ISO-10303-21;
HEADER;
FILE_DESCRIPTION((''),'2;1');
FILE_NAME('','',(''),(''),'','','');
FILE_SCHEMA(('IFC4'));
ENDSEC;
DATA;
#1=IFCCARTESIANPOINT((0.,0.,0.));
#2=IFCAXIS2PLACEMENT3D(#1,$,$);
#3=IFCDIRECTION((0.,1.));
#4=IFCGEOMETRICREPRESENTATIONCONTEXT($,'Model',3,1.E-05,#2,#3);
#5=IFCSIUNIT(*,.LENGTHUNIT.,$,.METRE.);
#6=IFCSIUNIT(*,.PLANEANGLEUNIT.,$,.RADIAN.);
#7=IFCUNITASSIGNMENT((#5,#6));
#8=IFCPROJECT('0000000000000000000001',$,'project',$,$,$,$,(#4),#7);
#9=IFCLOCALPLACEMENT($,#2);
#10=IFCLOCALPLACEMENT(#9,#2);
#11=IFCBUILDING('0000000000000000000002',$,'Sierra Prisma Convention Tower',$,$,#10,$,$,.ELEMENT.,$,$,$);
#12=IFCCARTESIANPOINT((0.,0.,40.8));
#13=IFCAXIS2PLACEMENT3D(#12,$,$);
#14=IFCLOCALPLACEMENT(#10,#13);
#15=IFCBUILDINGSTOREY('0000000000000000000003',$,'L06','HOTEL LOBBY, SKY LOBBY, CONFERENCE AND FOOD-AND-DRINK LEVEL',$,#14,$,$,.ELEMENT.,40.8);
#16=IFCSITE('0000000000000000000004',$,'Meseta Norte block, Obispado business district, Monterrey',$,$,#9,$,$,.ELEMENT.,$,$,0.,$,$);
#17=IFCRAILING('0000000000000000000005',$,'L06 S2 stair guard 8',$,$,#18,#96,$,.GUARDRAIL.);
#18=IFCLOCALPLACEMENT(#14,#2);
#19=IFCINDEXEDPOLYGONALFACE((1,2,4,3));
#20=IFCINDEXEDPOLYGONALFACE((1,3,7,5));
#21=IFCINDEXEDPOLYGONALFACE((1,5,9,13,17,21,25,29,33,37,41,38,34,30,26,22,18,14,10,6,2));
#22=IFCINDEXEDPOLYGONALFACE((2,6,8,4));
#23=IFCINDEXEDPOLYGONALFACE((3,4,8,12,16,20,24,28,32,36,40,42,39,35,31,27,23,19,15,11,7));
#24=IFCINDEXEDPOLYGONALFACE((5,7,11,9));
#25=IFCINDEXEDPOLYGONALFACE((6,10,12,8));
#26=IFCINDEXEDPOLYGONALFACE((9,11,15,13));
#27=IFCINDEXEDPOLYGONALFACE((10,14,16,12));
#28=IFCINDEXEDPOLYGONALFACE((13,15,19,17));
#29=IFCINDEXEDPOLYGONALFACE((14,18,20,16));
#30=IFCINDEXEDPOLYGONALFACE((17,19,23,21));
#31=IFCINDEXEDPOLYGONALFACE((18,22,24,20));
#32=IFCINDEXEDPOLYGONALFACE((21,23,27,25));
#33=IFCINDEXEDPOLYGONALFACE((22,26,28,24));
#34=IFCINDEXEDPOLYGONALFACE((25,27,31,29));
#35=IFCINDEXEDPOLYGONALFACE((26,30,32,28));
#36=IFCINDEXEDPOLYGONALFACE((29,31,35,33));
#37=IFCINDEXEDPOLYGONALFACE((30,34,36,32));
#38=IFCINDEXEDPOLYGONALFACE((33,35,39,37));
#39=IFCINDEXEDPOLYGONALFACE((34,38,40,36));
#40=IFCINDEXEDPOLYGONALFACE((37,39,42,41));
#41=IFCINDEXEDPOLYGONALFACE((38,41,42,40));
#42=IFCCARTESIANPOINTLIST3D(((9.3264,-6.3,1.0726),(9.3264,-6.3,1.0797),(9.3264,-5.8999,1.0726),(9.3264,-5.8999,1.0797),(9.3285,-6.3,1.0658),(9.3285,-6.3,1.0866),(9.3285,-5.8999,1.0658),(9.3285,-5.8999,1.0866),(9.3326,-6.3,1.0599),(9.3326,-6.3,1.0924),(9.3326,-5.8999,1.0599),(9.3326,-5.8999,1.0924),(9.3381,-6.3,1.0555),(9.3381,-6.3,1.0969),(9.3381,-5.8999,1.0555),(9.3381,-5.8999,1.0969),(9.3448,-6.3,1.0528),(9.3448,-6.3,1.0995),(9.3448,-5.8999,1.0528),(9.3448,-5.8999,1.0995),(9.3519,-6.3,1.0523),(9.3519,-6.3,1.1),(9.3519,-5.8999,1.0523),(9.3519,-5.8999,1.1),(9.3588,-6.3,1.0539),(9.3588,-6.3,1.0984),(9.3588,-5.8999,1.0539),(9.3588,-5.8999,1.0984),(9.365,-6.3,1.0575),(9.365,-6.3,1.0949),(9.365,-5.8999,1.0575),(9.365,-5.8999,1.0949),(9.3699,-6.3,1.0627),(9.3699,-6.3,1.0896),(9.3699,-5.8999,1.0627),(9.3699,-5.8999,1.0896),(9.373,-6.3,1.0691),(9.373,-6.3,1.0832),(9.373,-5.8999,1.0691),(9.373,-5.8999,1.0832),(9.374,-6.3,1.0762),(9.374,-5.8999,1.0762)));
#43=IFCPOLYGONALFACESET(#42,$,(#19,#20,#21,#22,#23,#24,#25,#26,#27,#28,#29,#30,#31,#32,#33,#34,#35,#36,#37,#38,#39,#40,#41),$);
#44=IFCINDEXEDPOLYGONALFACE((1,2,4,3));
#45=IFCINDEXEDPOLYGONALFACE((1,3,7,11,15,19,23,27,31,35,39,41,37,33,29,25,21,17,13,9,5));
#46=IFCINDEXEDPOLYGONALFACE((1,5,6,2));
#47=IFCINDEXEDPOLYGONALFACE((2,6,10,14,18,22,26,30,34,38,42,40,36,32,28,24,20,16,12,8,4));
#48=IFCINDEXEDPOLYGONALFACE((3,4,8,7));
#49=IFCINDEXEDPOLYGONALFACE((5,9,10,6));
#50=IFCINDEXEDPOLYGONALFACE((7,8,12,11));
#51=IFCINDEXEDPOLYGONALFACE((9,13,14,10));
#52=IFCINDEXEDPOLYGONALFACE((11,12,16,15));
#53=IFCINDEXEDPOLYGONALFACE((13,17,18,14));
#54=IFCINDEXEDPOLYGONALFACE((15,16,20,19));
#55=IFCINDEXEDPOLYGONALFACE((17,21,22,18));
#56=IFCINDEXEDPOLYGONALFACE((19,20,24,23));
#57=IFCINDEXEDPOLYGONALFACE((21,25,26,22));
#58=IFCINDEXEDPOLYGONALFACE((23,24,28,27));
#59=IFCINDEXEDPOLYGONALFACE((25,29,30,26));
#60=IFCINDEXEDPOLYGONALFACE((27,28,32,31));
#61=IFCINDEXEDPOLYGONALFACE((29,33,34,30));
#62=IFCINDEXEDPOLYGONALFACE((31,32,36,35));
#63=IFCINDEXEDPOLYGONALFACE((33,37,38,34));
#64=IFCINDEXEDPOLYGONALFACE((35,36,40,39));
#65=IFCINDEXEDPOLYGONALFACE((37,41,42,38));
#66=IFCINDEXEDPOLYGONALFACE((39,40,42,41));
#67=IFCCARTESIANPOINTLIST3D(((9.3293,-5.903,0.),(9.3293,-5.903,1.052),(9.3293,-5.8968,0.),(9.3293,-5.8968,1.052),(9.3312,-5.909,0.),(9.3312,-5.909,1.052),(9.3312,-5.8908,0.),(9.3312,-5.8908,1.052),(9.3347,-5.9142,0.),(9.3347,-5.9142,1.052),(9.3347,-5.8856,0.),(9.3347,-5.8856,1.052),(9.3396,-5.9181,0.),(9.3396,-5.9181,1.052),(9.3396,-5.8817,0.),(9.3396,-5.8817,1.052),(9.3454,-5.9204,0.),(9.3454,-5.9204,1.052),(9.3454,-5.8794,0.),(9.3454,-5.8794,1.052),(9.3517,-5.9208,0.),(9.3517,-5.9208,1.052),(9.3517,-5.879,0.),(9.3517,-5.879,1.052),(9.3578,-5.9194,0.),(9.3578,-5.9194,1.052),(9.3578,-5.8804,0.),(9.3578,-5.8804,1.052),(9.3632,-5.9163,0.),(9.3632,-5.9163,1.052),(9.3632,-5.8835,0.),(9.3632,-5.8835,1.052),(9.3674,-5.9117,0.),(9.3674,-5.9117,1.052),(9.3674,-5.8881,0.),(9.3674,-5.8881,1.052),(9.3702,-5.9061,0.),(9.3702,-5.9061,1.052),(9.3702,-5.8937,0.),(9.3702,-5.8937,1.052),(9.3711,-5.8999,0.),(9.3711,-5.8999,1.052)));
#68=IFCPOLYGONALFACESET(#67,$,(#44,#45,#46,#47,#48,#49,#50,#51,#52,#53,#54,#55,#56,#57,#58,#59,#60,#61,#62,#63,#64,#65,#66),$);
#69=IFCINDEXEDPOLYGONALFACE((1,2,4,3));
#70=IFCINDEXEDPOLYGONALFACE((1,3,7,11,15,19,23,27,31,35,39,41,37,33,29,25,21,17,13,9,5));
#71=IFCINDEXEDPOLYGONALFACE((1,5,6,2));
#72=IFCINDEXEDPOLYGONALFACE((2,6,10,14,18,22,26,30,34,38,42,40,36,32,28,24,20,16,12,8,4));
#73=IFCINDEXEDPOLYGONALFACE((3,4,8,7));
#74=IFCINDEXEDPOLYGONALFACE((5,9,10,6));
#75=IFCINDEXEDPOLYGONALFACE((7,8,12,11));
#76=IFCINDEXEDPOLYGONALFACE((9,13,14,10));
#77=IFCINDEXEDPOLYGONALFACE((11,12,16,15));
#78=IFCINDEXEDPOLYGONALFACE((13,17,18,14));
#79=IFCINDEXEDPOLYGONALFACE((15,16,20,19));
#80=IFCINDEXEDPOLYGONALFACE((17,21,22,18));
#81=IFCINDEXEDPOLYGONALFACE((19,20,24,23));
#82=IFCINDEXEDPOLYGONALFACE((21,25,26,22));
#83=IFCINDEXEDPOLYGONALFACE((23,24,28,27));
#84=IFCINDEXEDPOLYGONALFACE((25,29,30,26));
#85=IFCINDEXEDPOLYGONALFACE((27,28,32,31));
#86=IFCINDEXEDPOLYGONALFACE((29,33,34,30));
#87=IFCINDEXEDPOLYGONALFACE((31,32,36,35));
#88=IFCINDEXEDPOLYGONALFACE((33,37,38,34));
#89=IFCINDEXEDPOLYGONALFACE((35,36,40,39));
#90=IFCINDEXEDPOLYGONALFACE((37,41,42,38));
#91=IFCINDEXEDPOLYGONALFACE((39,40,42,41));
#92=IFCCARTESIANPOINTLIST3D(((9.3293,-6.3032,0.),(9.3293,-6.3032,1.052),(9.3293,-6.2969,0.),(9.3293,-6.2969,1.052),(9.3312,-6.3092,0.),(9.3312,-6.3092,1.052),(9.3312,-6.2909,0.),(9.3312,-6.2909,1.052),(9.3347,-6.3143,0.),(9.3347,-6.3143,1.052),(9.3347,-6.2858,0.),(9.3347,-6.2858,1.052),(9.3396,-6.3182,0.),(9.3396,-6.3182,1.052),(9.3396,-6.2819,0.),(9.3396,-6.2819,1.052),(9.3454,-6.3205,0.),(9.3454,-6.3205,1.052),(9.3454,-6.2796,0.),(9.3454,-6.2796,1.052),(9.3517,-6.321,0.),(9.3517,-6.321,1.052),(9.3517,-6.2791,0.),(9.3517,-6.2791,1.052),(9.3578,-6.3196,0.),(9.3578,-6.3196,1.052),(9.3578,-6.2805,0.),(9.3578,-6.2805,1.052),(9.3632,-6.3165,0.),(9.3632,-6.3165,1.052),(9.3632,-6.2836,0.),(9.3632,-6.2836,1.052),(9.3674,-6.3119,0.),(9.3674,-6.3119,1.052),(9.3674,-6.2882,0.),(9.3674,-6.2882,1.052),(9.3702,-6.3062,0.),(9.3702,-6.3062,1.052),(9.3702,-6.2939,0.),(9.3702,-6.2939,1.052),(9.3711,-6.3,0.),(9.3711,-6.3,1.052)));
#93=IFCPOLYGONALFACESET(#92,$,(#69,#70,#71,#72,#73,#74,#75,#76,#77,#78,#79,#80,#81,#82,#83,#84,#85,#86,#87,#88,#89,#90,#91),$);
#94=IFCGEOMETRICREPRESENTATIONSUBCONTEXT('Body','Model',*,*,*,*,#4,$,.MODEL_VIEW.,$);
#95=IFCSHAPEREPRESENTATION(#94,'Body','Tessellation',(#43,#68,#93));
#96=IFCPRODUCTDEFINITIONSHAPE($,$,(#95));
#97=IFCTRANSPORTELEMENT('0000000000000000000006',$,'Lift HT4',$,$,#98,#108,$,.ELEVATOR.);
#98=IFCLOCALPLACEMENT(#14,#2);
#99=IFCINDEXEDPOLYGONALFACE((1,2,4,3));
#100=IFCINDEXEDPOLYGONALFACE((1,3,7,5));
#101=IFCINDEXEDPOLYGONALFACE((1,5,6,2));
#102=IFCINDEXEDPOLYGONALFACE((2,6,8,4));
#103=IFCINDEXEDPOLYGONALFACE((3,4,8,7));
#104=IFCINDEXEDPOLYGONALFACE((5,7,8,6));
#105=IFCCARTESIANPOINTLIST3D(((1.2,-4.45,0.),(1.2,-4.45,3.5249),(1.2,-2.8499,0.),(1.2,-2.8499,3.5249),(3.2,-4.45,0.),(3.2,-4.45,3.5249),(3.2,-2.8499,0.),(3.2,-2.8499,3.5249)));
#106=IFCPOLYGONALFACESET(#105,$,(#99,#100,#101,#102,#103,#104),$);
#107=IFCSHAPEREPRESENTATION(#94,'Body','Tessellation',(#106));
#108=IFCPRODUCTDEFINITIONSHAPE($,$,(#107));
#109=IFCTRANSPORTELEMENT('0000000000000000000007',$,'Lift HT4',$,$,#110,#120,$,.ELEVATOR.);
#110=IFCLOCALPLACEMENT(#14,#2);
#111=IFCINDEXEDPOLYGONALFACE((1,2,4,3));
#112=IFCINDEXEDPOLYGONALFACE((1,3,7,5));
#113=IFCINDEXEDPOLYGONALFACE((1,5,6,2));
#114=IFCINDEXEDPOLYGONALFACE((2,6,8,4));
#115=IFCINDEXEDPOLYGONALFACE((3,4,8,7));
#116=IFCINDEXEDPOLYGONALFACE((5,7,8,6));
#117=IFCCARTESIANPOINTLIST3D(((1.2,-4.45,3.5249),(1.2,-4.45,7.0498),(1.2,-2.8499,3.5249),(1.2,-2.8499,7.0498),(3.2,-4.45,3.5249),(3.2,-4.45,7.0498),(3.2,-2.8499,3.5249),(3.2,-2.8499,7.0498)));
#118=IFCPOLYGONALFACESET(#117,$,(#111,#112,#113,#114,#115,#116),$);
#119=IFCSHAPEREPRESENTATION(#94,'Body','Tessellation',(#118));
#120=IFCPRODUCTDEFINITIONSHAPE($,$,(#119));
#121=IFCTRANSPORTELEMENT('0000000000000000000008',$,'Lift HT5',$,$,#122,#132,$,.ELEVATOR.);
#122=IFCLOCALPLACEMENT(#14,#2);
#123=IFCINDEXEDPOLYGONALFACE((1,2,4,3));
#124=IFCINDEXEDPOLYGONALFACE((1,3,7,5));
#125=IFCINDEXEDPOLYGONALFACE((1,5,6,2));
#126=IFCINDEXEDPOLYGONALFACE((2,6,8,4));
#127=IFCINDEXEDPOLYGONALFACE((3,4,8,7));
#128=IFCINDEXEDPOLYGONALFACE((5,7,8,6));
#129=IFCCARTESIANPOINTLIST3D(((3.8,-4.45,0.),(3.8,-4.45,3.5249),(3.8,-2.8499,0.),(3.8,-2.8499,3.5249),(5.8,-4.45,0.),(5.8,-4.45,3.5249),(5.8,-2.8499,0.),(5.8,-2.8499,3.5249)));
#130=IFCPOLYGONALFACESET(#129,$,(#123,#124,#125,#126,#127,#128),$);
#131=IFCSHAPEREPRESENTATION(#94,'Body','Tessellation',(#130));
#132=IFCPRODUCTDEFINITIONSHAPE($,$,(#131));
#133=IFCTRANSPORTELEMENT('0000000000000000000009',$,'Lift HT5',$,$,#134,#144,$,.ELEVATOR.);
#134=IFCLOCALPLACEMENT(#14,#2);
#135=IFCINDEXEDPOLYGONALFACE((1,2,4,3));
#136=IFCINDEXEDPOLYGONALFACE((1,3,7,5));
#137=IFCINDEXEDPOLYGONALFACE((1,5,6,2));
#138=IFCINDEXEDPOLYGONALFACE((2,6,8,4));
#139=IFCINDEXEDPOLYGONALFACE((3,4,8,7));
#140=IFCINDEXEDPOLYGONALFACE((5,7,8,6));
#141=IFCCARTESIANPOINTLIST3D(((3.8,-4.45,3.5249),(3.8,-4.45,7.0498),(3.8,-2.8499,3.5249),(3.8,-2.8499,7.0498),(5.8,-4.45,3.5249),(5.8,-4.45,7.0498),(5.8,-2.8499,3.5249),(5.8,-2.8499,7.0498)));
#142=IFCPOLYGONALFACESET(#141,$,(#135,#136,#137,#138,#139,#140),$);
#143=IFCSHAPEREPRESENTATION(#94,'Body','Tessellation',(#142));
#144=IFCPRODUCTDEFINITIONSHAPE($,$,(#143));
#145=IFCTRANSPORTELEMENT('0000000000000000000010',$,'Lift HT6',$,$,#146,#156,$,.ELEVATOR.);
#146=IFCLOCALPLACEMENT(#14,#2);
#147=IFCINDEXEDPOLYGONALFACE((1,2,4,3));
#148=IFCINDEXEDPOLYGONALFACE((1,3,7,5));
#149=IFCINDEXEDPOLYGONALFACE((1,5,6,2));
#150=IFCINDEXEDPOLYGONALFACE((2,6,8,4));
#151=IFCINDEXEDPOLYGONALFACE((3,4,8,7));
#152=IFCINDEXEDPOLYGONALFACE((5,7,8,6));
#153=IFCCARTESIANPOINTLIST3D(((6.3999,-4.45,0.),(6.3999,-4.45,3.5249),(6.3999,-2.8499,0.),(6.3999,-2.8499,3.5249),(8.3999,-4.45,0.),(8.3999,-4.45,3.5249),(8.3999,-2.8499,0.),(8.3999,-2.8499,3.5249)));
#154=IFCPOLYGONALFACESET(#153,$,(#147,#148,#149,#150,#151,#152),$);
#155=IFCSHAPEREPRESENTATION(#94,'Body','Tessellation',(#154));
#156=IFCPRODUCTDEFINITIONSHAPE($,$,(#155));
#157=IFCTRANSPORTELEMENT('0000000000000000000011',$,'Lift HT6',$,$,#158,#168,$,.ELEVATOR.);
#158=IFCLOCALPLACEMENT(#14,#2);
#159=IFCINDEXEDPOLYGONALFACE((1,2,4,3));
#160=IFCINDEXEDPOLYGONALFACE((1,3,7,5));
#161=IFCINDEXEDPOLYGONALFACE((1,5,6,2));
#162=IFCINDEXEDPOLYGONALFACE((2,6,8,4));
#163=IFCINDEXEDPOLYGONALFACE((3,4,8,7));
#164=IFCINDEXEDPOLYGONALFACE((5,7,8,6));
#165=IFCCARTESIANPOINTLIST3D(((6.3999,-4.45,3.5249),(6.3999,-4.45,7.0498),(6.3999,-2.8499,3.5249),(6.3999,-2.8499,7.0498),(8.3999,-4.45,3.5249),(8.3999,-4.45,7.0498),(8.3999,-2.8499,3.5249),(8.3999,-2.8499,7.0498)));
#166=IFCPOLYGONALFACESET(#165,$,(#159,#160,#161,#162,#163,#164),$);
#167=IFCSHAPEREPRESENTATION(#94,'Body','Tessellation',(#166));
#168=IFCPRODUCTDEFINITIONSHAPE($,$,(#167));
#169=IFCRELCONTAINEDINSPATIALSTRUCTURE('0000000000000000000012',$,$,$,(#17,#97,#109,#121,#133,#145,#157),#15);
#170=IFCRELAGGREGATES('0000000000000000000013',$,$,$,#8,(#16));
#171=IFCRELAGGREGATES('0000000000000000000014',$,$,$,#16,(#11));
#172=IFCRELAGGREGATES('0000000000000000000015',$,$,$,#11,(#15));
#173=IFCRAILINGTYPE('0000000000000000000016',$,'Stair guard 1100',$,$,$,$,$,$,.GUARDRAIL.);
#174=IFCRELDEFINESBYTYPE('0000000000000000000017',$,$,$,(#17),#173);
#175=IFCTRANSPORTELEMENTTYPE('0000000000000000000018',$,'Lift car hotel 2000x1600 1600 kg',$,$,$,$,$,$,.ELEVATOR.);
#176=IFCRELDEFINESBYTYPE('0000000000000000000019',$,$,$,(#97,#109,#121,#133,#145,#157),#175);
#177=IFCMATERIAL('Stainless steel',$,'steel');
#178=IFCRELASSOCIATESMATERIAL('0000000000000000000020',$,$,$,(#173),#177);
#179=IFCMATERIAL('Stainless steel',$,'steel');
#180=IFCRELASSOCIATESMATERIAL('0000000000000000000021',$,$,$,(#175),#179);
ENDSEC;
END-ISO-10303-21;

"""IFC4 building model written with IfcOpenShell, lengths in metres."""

from ifc_helpers import new_model, si_unit, direction, frame, origin, origin_2d, place, context, subcontext, project, spatial, rectangle, circle, extrude, material, type_object, element, save


model = new_model("IFC4")

# Units and contexts
model_context = context("Model", 3, precision=1e-05, world=origin(), true_north=direction((0.0, 1.0)))
body_context = subcontext(model_context, "Body", "Model", "MODEL_VIEW")
ifc_project = project(units=[si_unit("LENGTHUNIT", "METRE"), si_unit("PLANEANGLEUNIT", "RADIAN")], contexts=[model_context])

# Site, building, storey
site_placement = place(None, origin())
site = spatial("IfcSite", under=ifc_project, at=site_placement, Name="Meseta Norte block, Obispado business district, Monterrey", CompositionType="ELEMENT", RefElevation=0.0)
building_placement = place(site_placement, origin())
building = spatial("IfcBuilding", under=site, at=building_placement, Name="Sierra Prisma Convention Tower", CompositionType="ELEMENT")
storey_placement = place(building_placement, frame((0.0, 0.0, 40.8)))
storey = spatial("IfcBuildingStorey", under=building, at=storey_placement, Name="L06", Description="HOTEL LOBBY, SKY LOBBY, CONFERENCE AND FOOD-AND-DRINK LEVEL", CompositionType="ELEMENT", Elevation=40.8)

# Railing
ifc_material_1 = material(Name="Stainless steel", Category="steel")
railing_type_1 = type_object("IfcRailingType", Name="Stair guard 1100", PredefinedType="GUARDRAIL", material=ifc_material_1)
railing_1_placement = place(storey_placement, frame((9.3501, -5.8999, 0.0)))
element("IfcRailing", 1, at=railing_1_placement, inside=storey, type_object=railing_type_1, Name="L06 S2 stair guard 8", PredefinedType="GUARDRAIL", context=body_context, shape_type="SweptSolid", body=[
    extrude(circle(Radius=0.0239, at=origin_2d()), frame((0.0, 0.0, 1.0762), z_axis=(0.0, -1.0, 0.0), x_axis=(1.0, 0.0, 0.0)), (0.0, 0.0, 1.0), 0.4001),
    extrude(circle(Radius=0.021, at=origin_2d()), origin(), (0.0, 0.0, 1.0), 1.052),
    extrude(circle(Radius=0.021, at=origin_2d()), frame((0.0, -0.4001, 0.0)), (0.0, 0.0, 1.0), 1.052),
])

# Transport elements
ifc_material_2 = material(Name="Stainless steel", Category="steel")
transport_element_type = type_object("IfcTransportElementType", Name="Lift car hotel 2000x1600 1600 kg", PredefinedType="ELEVATOR", material=ifc_material_2)
for number, where, z_axis, x_axis, name in (
    (2, (2.2, -3.6499, 0.0), (0.0, 0.0, 1.0), (1.0, 0.0, 0.0), "Lift HT4"),
    (3, (2.2, -3.6499, 3.5249), (0.0, 0.0, 1.0), (1.0, 0.0, 0.0), "Lift HT4"),
    (4, (4.8, -3.6499, 0.0), (0.0, 0.0, 1.0), (1.0, 0.0, 0.0), "Lift HT5"),
    (5, (4.8, -3.6499, 3.5249), (0.0, 0.0, 1.0), (1.0, 0.0, 0.0), "Lift HT5"),
    (6, (7.3999, -3.6499, 0.0), (0.0, 0.0, 1.0), (1.0, 0.0, 0.0), "Lift HT6"),
    (7, (7.3999, -3.6499, 3.5249), (0.0, 0.0, 1.0), (1.0, 0.0, 0.0), "Lift HT6"),
):
    element("IfcTransportElement", number, at=place(storey_placement, frame(where, z_axis=z_axis, x_axis=x_axis)), inside=storey, type_object=transport_element_type, Name=name, PredefinedType="ELEVATOR", context=body_context, shape_type="SweptSolid", body=[
        extrude(rectangle(XDim=2.0, YDim=1.6001, at=origin_2d()), origin(), (0.0, 0.0, 1.0), 3.5249),
    ])

save(model, "model.ifc")
